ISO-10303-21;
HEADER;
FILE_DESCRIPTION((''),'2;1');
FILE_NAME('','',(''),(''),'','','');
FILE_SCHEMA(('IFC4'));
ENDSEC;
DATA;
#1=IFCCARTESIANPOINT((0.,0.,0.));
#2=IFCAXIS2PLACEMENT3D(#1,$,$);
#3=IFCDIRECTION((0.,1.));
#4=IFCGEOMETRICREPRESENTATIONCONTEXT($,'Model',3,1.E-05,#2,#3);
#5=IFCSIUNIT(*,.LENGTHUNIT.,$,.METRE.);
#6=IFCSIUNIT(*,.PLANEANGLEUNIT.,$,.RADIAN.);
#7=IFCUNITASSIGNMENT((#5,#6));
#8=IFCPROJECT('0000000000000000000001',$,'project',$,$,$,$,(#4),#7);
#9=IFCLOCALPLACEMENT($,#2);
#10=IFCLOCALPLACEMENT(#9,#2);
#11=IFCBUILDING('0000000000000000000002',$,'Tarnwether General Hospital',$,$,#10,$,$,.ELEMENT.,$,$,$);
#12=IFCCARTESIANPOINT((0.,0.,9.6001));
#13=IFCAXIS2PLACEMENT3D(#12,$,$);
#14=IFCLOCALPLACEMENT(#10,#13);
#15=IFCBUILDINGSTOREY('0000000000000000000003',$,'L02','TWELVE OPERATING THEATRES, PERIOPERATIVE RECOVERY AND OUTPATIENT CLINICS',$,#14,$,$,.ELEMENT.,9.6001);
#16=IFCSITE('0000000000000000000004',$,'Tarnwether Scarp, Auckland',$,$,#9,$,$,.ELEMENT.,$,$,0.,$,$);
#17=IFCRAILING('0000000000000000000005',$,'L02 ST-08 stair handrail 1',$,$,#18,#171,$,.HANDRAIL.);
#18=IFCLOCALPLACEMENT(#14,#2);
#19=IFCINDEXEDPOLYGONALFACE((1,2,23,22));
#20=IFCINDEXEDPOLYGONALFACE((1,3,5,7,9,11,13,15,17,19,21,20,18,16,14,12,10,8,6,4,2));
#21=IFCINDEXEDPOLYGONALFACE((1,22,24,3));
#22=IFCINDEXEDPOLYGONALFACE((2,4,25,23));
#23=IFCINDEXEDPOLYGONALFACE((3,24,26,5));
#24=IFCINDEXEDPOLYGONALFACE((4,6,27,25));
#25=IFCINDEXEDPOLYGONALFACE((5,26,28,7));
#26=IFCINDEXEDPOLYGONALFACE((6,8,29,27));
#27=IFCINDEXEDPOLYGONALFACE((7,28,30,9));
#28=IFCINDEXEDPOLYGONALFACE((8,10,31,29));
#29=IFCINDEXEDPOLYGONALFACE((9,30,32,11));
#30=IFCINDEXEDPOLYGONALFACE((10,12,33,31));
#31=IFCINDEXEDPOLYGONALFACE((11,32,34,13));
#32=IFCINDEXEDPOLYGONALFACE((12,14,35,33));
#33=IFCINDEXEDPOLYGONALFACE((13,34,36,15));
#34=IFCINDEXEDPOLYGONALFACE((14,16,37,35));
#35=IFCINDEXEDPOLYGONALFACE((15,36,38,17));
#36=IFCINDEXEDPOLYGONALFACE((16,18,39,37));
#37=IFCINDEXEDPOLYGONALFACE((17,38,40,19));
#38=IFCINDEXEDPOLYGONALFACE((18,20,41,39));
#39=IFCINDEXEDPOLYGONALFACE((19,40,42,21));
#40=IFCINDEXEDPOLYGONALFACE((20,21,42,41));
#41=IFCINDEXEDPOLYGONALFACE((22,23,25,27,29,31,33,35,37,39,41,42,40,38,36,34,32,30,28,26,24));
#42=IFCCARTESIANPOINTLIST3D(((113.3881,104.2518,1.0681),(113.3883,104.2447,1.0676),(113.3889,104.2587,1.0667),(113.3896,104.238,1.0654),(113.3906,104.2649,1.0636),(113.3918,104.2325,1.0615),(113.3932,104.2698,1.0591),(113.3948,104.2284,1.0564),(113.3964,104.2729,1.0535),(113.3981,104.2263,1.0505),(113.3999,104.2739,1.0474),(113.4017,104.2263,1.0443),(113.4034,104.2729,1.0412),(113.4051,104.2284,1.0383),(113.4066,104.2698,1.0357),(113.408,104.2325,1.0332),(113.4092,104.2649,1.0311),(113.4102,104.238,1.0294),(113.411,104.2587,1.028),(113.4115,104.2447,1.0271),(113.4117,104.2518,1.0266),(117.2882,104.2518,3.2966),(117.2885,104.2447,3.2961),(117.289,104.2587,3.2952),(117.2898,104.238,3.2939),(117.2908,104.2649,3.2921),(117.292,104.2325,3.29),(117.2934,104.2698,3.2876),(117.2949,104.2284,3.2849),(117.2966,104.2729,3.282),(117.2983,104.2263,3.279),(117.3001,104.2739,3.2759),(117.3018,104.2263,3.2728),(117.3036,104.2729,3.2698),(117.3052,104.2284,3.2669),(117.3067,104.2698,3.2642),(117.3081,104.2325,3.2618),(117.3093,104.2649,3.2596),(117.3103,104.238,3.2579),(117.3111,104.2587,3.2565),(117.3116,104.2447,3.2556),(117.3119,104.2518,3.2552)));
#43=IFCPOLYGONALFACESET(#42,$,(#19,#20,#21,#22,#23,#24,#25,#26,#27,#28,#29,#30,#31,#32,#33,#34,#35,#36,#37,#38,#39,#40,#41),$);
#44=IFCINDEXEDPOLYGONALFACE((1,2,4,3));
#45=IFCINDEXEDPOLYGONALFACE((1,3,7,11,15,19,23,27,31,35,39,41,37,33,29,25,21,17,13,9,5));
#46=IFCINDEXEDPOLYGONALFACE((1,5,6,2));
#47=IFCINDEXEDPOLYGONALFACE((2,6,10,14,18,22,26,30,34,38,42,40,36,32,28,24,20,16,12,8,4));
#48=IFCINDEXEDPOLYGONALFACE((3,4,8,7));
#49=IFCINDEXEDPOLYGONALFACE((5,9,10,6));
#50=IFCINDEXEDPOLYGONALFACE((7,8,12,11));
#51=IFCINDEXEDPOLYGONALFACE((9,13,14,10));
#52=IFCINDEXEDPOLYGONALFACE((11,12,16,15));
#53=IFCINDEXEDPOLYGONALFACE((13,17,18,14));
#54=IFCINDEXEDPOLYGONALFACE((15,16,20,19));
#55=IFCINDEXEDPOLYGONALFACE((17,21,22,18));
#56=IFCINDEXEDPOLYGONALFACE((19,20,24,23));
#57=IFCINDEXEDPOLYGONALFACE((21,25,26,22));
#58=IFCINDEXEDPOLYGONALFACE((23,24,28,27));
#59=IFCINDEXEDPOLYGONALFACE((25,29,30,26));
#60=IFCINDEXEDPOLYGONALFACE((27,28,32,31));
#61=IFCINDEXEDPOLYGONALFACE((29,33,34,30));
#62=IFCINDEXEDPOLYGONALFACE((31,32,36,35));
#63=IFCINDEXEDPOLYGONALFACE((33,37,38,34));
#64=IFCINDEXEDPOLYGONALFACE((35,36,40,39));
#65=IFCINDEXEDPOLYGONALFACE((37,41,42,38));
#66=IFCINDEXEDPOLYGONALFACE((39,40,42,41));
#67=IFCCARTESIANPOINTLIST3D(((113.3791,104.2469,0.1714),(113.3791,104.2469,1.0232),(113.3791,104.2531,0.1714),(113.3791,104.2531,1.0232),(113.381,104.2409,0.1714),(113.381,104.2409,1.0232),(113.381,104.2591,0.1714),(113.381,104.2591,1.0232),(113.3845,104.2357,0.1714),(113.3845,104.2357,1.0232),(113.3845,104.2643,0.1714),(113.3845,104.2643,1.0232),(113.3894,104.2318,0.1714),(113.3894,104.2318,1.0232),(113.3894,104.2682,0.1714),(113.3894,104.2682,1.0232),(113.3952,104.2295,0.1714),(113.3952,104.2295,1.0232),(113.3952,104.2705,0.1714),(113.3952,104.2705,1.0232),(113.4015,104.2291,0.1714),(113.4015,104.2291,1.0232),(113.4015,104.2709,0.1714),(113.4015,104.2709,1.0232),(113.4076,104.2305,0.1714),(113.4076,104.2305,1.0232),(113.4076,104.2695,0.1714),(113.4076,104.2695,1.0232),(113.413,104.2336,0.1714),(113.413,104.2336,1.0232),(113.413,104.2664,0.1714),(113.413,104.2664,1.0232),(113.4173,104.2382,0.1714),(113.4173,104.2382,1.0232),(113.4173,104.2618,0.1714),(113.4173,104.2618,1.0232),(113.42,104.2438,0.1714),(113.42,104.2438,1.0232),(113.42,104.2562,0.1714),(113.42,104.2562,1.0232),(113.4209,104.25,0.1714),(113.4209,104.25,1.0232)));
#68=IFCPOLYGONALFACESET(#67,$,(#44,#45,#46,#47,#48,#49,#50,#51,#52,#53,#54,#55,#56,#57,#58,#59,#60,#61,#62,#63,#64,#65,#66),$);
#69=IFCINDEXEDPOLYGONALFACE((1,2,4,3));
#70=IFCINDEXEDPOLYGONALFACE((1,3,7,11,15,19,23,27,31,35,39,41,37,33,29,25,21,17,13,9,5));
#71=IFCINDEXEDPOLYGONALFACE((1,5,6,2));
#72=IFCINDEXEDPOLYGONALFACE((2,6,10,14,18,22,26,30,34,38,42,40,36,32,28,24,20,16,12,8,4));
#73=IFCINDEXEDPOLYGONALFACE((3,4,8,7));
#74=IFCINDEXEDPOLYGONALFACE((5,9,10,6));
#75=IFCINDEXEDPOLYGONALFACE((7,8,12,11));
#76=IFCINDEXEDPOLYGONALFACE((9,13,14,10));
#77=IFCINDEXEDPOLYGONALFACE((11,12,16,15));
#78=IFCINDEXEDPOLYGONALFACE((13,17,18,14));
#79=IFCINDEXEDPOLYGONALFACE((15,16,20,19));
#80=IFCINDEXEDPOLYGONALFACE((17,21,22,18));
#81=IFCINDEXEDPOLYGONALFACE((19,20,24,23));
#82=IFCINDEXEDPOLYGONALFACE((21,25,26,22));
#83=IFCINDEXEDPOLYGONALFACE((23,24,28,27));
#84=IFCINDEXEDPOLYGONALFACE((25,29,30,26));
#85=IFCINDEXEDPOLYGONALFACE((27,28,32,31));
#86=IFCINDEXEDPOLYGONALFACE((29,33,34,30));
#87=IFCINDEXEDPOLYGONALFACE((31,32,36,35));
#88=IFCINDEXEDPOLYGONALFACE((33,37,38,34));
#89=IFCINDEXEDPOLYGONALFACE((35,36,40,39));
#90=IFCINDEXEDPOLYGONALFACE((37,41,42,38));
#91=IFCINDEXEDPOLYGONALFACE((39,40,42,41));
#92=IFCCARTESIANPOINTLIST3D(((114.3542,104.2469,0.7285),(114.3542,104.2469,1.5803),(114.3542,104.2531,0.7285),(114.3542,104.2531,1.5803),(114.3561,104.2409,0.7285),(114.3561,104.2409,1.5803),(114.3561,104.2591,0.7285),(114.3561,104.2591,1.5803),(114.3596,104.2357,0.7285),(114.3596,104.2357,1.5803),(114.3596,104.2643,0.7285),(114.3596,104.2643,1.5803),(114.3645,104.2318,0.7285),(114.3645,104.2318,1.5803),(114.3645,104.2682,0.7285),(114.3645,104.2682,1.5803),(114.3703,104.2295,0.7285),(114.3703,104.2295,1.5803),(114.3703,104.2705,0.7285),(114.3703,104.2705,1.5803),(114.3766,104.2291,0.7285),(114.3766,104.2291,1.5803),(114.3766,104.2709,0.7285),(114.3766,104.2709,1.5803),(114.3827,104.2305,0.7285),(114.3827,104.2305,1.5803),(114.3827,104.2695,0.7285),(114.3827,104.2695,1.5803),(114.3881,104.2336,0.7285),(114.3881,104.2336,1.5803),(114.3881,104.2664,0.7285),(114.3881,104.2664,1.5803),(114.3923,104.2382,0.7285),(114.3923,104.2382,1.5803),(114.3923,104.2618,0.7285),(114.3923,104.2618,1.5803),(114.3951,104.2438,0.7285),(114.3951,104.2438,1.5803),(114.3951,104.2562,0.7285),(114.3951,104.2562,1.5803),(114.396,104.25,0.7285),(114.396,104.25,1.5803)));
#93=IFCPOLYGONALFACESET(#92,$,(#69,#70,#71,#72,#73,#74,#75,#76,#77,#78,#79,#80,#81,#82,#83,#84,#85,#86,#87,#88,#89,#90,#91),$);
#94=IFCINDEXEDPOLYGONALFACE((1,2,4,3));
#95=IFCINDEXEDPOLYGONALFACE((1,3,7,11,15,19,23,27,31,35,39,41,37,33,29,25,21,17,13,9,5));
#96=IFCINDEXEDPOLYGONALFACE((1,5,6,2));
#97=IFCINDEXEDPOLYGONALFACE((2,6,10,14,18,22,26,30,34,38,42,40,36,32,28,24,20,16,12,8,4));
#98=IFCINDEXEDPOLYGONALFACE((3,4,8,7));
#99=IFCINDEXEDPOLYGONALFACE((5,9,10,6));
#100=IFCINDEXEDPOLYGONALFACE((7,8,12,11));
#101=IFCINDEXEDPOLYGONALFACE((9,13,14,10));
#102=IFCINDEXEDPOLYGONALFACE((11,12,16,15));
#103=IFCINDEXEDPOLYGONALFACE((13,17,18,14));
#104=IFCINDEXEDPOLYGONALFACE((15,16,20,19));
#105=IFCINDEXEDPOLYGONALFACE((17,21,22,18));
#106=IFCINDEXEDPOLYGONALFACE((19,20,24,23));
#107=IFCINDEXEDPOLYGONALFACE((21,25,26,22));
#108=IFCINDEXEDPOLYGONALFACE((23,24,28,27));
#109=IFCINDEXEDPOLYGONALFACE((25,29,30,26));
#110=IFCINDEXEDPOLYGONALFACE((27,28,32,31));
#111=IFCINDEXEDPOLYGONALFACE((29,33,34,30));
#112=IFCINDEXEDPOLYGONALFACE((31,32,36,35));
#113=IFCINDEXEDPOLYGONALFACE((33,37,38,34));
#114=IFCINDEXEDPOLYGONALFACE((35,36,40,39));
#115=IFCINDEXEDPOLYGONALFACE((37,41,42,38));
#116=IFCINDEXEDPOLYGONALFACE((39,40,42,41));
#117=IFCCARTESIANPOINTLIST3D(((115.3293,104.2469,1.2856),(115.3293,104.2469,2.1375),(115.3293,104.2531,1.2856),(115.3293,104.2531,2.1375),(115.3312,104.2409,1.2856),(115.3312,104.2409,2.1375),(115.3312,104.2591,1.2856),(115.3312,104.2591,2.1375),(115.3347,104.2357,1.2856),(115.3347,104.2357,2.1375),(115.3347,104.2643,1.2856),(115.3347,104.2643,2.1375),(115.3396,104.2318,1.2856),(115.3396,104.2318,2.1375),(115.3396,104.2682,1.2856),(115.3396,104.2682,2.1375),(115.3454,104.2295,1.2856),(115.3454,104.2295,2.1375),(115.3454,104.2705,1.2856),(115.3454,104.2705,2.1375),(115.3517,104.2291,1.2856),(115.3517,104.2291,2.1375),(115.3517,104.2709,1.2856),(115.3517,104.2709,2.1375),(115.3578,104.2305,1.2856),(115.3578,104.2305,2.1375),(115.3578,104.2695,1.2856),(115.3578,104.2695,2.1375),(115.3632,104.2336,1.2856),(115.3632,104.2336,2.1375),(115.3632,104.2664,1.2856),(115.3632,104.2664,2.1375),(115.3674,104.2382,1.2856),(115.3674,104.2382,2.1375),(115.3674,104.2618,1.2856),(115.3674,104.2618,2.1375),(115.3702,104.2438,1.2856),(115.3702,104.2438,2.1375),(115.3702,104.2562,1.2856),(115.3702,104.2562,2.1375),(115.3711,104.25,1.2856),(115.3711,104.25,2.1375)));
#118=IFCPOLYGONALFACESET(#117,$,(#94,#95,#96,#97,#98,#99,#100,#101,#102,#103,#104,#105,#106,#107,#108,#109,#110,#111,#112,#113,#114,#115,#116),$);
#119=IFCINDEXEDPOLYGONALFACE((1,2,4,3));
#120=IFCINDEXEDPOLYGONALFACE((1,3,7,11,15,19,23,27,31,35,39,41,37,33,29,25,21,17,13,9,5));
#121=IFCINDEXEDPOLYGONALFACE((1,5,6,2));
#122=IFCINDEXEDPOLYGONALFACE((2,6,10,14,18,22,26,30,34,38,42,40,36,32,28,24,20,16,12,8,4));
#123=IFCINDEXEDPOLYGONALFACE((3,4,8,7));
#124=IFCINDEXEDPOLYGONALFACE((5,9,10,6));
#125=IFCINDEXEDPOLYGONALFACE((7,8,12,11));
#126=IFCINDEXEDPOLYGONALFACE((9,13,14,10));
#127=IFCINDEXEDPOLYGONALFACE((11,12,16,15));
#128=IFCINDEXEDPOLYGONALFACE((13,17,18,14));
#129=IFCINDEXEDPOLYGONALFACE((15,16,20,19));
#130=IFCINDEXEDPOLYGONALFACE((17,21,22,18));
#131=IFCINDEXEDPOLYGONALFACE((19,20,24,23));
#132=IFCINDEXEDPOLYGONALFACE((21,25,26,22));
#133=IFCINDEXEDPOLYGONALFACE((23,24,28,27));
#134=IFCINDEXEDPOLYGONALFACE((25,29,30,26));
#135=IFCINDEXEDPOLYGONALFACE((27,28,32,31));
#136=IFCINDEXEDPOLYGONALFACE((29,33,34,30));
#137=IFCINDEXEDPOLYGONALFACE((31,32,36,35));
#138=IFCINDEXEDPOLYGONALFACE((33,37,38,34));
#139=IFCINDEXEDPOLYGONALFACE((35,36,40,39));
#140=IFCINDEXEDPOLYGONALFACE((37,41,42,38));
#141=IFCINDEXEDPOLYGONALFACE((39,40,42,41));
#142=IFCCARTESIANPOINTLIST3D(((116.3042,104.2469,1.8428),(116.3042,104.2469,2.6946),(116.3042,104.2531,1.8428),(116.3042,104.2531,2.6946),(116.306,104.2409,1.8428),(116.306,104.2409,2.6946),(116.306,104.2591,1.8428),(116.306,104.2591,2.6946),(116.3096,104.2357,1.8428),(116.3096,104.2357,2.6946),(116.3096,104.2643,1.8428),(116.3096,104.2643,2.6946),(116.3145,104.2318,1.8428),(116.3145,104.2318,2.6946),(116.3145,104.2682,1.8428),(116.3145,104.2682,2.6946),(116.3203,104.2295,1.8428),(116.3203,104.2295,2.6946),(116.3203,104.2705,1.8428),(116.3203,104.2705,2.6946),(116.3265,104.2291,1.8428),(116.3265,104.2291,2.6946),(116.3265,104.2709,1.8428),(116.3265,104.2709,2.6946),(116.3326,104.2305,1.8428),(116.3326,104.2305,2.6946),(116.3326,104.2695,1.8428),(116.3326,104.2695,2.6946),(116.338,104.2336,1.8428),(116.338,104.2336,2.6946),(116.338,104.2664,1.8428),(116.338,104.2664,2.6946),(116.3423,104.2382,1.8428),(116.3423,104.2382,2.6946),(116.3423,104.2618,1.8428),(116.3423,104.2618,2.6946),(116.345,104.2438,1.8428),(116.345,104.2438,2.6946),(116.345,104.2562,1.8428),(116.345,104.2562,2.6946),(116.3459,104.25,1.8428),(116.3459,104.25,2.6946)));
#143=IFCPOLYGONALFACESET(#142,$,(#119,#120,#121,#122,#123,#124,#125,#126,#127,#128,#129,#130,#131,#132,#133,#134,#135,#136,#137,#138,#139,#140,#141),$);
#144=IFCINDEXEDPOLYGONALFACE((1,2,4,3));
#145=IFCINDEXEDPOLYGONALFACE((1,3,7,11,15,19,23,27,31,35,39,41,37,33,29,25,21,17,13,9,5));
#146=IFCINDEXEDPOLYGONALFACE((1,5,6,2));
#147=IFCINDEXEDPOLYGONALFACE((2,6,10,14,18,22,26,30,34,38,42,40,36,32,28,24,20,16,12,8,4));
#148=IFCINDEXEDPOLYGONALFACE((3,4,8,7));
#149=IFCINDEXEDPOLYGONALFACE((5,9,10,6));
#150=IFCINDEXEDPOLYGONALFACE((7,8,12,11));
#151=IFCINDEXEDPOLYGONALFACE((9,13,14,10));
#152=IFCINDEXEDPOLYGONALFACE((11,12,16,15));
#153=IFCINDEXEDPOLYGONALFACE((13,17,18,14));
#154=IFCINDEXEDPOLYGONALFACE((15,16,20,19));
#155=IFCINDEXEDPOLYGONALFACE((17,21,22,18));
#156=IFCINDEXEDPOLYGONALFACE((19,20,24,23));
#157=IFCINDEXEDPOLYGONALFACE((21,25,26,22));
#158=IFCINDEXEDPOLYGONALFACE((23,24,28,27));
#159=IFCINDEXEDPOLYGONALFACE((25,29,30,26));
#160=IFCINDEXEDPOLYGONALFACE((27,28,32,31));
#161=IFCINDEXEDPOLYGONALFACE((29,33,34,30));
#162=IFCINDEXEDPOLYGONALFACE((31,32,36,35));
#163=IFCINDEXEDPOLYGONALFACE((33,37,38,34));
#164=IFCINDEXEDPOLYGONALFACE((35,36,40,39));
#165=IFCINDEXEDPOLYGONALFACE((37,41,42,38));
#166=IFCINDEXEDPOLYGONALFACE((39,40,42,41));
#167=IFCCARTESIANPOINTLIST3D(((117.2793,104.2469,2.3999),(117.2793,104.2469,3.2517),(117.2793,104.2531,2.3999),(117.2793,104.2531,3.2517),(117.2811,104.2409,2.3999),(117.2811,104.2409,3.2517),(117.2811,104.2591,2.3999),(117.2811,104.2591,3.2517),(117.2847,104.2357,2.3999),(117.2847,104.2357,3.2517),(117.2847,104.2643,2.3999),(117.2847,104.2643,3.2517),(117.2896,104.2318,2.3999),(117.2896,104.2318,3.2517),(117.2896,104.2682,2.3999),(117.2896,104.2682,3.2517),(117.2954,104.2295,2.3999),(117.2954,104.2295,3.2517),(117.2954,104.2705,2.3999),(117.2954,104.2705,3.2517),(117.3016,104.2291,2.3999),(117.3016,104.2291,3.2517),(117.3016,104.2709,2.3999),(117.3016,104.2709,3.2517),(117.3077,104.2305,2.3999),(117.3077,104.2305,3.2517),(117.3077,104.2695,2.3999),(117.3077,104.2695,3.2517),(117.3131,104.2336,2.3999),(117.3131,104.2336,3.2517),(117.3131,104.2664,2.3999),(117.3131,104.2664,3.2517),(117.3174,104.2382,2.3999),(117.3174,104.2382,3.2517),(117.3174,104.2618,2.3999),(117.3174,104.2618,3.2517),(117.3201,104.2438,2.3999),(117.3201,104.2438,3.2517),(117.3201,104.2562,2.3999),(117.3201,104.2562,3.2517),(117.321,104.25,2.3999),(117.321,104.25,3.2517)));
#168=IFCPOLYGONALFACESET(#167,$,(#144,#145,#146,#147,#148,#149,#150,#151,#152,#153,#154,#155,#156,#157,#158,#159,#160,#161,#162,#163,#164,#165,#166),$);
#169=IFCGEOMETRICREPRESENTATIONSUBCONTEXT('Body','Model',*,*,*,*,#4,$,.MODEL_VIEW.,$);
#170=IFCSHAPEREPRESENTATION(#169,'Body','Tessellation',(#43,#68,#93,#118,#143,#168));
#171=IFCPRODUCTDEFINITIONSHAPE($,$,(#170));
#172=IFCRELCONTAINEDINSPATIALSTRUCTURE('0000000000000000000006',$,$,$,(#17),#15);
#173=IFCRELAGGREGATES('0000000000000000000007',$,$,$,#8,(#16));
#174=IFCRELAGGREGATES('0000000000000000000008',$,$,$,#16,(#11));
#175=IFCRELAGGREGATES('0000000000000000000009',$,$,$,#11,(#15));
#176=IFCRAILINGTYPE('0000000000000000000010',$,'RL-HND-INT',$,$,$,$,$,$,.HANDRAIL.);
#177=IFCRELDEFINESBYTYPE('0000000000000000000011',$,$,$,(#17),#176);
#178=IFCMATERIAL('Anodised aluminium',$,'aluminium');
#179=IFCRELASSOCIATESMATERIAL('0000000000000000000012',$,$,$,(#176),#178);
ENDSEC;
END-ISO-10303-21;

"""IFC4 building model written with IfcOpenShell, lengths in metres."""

from ifc_helpers import new_model, si_unit, direction, frame, origin, origin_2d, place, context, subcontext, project, spatial, circle, extrude, material, type_object, element, save


model = new_model("IFC4")

# Units and contexts
model_context = context("Model", 3, precision=1e-05, world=origin(), true_north=direction((0.0, 1.0)))
body_context = subcontext(model_context, "Body", "Model", "MODEL_VIEW")
ifc_project = project(units=[si_unit("LENGTHUNIT", "METRE"), si_unit("PLANEANGLEUNIT", "RADIAN")], contexts=[model_context])

# Site, building, storey
site_placement = place(None, origin())
site = spatial("IfcSite", under=ifc_project, at=site_placement, Name="Tarnwether Scarp, Auckland", CompositionType="ELEMENT", RefElevation=0.0)
building_placement = place(site_placement, origin())
building = spatial("IfcBuilding", under=site, at=building_placement, Name="Tarnwether General Hospital", CompositionType="ELEMENT")
storey_placement = place(building_placement, frame((0.0, 0.0, 9.6001)))
storey = spatial("IfcBuildingStorey", under=building, at=storey_placement, Name="L02", Description="TWELVE OPERATING THEATRES, PERIOPERATIVE RECOVERY AND OUTPATIENT CLINICS", CompositionType="ELEMENT", Elevation=9.6001)

# Railing
ifc_material_1 = material(Name="Anodised aluminium", Category="aluminium")
railing_type_1 = type_object("IfcRailingType", Name="RL-HND-INT", PredefinedType="HANDRAIL", material=ifc_material_1)
railing_1_placement = place(storey_placement, frame((113.3999, 104.25, 0.1714)))
element("IfcRailing", 1, at=railing_1_placement, inside=storey, type_object=railing_type_1, Name="L02 ST-08 stair handrail 1", PredefinedType="HANDRAIL", context=body_context, shape_type="SweptSolid", body=[
    extrude(circle(Radius=0.0239, at=origin_2d()), frame((0.0, 0.0, 0.876), z_axis=(0.868257, 0.0, 0.496116), x_axis=(0.0, 1.0, 0.0)), (0.0, 0.0, 1.0), 4.4919),
    extrude(circle(Radius=0.021, at=origin_2d()), origin(), (0.0, 0.0, 1.0), 0.8518),
    extrude(circle(Radius=0.021, at=origin_2d()), frame((0.9751, 0.0, 0.5571)), (0.0, 0.0, 1.0), 0.8518),
    extrude(circle(Radius=0.021, at=origin_2d()), frame((1.9502, 0.0, 1.1143)), (0.0, 0.0, 1.0), 0.8518),
    extrude(circle(Radius=0.021, at=origin_2d()), frame((2.925, 0.0, 1.6714)), (0.0, 0.0, 1.0), 0.8518),
    extrude(circle(Radius=0.021, at=origin_2d()), frame((3.9001, 0.0, 2.2285)), (0.0, 0.0, 1.0), 0.8518),
])

save(model, "model.ifc")
